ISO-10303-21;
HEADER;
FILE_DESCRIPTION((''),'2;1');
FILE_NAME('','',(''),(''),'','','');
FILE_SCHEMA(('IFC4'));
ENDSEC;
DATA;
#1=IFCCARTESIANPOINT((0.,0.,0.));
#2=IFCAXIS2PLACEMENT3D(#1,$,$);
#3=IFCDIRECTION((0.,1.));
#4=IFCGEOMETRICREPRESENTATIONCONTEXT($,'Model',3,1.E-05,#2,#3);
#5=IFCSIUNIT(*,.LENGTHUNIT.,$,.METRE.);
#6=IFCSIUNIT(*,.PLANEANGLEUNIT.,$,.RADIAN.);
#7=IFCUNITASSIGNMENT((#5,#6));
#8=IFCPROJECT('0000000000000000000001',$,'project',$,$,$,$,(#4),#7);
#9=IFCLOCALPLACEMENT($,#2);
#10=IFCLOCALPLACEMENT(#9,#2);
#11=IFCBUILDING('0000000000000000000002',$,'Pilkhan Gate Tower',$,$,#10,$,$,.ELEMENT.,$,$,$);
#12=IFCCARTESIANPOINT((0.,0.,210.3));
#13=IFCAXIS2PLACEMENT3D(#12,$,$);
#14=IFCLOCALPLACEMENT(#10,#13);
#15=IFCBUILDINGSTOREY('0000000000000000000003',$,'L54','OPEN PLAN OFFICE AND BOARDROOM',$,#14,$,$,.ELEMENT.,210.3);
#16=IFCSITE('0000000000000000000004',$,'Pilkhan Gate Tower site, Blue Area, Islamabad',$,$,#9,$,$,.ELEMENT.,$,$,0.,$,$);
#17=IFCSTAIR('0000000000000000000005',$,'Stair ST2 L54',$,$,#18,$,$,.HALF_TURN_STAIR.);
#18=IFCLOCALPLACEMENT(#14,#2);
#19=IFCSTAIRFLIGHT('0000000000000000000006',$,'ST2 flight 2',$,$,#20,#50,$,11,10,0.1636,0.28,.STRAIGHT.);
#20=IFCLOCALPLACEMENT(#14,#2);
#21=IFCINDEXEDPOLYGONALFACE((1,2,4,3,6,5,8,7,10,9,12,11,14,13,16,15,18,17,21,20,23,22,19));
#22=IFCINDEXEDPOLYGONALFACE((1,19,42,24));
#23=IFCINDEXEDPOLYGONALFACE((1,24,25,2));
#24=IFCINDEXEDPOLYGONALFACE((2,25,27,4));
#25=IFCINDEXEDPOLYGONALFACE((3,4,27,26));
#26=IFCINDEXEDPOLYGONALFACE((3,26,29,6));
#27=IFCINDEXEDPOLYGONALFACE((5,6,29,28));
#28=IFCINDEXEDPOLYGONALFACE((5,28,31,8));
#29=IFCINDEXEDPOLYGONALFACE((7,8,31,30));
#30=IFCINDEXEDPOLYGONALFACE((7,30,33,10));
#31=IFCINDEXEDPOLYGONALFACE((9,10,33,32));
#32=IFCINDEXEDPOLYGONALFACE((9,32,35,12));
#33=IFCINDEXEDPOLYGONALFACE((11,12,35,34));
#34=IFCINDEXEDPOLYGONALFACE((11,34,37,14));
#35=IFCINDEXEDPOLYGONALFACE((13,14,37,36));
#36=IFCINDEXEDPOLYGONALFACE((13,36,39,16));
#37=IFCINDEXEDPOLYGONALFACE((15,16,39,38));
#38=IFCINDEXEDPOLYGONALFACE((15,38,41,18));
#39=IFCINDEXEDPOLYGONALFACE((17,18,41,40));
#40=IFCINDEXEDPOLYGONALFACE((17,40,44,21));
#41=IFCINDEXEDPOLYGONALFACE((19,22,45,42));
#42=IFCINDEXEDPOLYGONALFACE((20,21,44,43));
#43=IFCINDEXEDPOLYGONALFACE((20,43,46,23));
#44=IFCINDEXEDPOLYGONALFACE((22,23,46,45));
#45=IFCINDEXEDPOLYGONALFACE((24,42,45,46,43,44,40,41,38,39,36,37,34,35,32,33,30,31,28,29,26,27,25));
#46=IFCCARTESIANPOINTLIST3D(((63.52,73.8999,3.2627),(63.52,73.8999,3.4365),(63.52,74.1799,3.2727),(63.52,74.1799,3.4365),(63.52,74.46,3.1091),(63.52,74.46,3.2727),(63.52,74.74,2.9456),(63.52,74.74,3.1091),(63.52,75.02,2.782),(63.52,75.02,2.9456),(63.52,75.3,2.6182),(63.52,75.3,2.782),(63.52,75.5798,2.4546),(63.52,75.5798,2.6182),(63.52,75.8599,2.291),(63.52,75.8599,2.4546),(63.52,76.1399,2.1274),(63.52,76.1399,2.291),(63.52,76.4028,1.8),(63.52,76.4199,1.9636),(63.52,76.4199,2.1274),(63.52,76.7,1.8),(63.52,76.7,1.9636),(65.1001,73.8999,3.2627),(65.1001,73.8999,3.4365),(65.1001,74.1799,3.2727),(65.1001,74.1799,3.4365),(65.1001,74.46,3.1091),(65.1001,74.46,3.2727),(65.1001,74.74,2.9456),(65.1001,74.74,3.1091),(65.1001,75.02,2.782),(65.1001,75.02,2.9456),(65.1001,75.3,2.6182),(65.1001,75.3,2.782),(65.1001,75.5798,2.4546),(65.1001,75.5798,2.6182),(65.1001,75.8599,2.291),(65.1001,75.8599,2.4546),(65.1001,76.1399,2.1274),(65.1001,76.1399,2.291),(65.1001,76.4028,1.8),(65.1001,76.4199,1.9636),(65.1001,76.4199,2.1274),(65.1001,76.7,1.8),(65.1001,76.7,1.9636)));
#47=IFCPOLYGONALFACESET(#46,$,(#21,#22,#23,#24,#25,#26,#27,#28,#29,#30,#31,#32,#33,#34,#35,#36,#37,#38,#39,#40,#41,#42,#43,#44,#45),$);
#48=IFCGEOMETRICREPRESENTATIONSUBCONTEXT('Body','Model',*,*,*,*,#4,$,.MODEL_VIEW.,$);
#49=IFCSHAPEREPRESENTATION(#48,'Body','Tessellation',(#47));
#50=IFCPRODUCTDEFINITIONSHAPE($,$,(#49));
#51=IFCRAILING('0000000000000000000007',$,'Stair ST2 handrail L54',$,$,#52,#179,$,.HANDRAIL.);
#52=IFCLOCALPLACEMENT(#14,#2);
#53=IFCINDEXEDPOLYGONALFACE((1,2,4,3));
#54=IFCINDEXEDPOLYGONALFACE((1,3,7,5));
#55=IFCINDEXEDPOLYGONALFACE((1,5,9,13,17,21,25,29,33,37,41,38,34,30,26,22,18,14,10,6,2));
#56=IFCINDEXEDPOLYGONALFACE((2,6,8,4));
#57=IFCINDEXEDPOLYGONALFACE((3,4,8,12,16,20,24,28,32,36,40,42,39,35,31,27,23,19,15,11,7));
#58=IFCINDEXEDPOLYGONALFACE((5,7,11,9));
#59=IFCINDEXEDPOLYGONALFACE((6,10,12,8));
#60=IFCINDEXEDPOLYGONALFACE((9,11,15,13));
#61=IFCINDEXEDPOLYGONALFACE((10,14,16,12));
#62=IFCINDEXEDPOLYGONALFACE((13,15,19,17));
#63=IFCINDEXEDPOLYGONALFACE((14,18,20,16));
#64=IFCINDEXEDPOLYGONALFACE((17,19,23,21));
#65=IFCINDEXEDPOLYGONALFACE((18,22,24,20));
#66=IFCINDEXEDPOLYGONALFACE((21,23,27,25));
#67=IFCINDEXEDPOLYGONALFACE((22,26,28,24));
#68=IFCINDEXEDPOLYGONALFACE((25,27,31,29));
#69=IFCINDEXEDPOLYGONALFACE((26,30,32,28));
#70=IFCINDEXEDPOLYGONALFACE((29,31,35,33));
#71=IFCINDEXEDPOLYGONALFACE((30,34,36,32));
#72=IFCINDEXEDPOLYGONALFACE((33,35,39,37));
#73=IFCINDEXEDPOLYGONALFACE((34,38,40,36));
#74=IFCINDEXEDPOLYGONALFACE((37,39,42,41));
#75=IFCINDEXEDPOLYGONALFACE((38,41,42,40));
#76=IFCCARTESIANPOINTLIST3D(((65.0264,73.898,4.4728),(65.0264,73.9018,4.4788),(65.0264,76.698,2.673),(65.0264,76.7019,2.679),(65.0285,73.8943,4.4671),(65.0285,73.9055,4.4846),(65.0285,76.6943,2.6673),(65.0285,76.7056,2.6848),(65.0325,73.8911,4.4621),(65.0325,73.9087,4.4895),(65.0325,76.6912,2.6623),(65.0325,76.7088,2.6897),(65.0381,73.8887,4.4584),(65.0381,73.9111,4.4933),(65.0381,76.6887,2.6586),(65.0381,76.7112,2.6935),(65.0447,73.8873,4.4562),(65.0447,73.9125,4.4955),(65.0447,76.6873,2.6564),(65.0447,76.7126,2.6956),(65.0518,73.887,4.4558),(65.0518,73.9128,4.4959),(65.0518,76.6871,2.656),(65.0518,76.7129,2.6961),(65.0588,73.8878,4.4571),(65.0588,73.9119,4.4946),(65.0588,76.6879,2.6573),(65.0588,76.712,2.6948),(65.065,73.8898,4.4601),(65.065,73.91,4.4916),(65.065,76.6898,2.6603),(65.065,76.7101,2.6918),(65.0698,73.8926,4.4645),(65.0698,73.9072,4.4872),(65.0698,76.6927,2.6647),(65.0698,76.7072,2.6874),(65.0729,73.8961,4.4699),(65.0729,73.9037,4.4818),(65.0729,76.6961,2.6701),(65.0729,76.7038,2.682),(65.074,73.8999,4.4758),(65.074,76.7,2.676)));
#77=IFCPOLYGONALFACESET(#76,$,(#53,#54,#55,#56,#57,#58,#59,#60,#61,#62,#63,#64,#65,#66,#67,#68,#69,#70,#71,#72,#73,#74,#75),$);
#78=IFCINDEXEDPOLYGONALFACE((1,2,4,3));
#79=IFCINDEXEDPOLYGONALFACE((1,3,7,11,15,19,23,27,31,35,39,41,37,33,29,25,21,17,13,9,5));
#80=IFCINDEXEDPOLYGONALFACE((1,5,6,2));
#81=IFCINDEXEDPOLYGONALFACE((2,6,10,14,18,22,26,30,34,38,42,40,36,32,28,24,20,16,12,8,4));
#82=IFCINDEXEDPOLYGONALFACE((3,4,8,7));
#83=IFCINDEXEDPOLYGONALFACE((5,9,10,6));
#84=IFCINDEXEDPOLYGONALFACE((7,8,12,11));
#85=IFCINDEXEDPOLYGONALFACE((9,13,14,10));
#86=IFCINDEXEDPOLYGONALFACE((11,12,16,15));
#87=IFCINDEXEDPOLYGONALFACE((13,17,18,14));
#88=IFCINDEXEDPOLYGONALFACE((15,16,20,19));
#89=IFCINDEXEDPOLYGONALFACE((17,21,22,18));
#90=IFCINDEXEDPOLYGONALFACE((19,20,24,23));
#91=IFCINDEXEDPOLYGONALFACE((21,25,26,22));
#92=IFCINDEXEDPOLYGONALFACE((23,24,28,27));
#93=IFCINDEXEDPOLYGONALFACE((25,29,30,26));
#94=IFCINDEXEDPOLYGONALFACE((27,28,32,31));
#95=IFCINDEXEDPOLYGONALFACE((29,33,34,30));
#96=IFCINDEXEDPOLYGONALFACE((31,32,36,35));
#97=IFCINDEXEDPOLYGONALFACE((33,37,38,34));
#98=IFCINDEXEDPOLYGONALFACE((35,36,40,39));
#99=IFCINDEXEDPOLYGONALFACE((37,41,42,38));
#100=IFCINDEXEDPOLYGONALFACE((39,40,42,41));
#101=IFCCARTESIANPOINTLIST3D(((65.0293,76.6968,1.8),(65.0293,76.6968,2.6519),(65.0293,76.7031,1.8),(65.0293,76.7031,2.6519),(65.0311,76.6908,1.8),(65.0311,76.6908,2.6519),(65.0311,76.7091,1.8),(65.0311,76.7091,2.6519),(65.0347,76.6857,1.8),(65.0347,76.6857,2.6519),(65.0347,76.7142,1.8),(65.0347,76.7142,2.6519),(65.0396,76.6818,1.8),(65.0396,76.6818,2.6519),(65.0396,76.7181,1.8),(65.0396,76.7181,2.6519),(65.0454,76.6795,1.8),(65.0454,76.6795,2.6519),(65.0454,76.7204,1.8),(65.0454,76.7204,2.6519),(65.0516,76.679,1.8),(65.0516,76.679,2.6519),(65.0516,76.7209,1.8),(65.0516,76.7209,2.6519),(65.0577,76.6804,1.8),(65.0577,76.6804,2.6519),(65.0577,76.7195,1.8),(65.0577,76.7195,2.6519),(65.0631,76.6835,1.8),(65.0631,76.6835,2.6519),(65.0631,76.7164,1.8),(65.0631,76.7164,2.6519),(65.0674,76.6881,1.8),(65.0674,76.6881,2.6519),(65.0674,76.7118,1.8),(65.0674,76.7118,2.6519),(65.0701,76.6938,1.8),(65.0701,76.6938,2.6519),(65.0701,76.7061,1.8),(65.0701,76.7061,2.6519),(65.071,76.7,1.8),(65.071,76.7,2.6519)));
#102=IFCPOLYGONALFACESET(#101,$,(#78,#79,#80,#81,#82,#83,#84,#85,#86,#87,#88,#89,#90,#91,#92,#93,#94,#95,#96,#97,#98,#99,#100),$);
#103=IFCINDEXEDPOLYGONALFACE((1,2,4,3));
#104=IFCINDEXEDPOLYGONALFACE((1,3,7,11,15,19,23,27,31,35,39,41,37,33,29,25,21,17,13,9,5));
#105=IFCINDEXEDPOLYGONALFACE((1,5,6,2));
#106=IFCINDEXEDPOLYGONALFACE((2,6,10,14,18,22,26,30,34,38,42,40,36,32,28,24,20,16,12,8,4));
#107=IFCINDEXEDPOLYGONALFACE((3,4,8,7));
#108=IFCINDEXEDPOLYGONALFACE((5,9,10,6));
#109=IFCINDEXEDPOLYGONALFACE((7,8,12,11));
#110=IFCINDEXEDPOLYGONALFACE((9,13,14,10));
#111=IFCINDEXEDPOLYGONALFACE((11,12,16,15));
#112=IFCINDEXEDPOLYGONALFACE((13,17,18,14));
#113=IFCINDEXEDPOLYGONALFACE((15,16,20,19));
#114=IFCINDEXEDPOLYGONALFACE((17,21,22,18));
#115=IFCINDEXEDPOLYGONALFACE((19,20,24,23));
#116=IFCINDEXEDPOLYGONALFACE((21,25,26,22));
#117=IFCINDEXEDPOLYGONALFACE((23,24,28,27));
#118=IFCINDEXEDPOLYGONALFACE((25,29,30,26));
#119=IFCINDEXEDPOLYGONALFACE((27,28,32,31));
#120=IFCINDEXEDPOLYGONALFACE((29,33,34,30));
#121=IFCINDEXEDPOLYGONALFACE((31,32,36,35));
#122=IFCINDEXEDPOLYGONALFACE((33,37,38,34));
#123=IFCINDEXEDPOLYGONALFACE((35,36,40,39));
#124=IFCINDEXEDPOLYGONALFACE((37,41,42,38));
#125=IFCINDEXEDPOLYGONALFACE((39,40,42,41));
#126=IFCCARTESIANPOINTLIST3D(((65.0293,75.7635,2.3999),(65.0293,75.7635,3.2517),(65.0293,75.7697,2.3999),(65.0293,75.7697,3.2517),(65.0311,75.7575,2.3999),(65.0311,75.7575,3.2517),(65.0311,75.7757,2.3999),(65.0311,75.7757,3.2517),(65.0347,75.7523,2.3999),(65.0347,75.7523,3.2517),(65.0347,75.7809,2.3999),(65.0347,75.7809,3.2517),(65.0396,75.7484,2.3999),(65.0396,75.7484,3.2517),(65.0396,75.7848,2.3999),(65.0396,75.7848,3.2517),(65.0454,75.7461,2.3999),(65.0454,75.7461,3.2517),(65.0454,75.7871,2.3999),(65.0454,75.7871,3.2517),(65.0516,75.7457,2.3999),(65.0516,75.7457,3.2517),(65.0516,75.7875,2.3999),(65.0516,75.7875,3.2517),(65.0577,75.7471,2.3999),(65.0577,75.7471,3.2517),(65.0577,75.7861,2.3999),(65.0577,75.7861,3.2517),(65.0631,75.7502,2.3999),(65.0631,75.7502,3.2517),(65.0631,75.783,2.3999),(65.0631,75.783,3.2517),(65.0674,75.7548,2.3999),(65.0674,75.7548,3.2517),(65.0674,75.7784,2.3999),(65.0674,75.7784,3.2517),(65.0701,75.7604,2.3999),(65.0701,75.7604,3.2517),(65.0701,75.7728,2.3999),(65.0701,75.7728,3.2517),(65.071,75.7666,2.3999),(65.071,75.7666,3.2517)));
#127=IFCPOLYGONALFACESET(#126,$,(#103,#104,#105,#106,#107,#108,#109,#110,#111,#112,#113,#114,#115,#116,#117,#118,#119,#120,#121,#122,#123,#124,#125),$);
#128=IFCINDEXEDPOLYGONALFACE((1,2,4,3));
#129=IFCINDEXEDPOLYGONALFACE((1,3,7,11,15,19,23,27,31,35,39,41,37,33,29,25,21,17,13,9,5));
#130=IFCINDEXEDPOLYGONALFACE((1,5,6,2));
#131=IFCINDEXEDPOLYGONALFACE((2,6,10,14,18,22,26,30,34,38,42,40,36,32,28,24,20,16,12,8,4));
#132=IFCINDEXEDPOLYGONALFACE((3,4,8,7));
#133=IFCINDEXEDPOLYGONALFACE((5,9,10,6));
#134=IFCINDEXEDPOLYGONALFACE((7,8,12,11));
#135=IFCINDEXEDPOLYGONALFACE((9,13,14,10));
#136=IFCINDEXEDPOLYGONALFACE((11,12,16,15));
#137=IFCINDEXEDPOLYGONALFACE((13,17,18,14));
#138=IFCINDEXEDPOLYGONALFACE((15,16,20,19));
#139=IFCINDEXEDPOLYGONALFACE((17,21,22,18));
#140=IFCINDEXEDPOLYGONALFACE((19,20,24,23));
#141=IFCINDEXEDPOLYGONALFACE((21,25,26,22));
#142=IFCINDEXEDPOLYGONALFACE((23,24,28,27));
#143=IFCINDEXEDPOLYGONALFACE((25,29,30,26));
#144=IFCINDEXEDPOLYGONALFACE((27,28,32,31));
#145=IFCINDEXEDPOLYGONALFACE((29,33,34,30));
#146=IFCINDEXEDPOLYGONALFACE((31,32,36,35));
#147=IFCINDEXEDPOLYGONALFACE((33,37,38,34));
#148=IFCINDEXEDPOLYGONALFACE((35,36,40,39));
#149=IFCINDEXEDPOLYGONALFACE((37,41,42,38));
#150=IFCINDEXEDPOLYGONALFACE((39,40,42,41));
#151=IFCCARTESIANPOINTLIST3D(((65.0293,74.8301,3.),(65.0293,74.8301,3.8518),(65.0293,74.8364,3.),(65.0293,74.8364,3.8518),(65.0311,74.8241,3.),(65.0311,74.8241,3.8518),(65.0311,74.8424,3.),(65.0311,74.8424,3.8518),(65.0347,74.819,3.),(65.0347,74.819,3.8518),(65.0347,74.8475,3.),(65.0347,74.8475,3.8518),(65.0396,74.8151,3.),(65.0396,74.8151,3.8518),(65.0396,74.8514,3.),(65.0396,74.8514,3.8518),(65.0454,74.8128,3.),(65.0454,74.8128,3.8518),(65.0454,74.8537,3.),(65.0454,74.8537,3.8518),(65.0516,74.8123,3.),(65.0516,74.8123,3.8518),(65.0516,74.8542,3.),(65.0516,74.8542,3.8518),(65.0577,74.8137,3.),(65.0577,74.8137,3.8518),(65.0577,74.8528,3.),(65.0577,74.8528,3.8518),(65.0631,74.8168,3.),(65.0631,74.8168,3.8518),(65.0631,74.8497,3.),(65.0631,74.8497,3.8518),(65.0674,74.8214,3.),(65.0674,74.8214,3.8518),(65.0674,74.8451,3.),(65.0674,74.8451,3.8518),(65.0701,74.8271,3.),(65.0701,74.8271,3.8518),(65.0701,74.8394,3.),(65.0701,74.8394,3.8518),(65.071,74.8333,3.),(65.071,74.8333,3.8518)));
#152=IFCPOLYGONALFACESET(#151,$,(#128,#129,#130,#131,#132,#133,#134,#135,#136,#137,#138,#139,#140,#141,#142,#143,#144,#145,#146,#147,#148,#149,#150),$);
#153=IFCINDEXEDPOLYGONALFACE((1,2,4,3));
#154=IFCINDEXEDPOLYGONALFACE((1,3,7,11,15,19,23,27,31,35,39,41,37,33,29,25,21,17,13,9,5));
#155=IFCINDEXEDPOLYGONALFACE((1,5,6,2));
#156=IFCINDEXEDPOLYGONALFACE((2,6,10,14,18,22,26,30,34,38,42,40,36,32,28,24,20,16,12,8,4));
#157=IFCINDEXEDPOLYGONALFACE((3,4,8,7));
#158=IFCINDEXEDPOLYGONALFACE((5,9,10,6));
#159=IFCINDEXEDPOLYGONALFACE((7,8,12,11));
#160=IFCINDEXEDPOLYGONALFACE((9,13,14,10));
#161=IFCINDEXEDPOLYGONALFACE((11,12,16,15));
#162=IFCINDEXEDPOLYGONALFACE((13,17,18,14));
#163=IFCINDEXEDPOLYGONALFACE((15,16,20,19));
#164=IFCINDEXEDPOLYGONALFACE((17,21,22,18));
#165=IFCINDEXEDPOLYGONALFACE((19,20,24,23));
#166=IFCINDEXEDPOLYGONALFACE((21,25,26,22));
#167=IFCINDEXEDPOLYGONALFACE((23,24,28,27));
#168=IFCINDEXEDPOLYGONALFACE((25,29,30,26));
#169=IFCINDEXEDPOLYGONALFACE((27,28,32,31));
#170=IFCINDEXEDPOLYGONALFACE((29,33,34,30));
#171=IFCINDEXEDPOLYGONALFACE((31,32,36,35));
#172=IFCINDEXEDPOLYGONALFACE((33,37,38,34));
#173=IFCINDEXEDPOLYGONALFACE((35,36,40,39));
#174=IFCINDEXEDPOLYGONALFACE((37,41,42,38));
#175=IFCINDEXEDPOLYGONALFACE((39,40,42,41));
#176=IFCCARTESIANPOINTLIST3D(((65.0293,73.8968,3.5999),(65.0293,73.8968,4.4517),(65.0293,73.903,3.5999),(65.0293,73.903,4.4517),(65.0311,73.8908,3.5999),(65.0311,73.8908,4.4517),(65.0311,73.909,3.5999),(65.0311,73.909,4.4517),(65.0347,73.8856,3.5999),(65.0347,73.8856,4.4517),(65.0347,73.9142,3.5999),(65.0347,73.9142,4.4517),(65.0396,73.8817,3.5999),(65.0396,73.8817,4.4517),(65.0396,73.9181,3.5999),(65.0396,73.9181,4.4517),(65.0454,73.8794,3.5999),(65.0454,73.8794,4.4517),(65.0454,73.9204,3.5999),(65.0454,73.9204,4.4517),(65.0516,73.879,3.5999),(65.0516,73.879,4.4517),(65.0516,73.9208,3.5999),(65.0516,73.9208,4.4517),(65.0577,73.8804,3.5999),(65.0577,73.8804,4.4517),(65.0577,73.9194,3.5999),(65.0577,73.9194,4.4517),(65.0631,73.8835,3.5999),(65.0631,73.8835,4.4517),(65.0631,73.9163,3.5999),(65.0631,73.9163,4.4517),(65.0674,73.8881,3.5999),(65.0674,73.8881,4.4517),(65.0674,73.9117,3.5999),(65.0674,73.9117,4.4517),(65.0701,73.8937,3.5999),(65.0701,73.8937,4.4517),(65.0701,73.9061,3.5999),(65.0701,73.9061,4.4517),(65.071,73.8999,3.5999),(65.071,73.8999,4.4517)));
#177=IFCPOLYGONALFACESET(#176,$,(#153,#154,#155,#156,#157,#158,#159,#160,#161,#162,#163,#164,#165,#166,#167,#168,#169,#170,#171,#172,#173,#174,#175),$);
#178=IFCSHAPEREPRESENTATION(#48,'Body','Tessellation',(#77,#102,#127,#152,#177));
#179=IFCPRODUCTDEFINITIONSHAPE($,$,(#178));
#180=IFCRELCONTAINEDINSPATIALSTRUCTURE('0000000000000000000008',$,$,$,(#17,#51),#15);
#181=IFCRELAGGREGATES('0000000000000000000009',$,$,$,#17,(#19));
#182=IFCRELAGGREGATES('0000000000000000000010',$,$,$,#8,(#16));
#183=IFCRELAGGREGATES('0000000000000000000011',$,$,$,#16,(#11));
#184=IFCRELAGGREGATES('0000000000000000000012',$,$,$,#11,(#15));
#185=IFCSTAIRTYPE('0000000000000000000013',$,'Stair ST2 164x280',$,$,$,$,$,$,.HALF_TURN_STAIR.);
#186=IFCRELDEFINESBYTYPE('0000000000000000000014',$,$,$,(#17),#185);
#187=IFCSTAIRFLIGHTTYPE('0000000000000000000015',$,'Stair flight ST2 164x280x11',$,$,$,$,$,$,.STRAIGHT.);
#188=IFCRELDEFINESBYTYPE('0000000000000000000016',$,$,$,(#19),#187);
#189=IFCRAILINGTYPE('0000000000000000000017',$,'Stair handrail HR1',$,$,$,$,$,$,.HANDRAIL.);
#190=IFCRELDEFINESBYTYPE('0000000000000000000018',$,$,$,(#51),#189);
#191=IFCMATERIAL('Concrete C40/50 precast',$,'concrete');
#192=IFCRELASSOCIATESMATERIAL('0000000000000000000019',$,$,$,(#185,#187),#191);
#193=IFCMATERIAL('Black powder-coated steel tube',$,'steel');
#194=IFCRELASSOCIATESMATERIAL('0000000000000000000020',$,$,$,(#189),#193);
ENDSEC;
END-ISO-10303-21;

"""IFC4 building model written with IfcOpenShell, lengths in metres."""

from ifc_helpers import new_model, si_unit, direction, frame, origin, origin_2d, place, context, subcontext, project, spatial, polyline, circle, outline, extrude, material, type_object, element, aggregate, save


model = new_model("IFC4")

# Units and contexts
model_context = context("Model", 3, precision=1e-05, world=origin(), true_north=direction((0.0, 1.0)))
body_context = subcontext(model_context, "Body", "Model", "MODEL_VIEW")
ifc_project = project(units=[si_unit("LENGTHUNIT", "METRE"), si_unit("PLANEANGLEUNIT", "RADIAN")], contexts=[model_context])

# Site, building, storey
site_placement = place(None, origin())
site = spatial("IfcSite", under=ifc_project, at=site_placement, Name="Pilkhan Gate Tower site, Blue Area, Islamabad", CompositionType="ELEMENT", RefElevation=0.0)
building_placement = place(site_placement, origin())
building = spatial("IfcBuilding", under=site, at=building_placement, Name="Pilkhan Gate Tower", CompositionType="ELEMENT")
storey_placement = place(building_placement, frame((0.0, 0.0, 210.3)))
storey = spatial("IfcBuildingStorey", under=building, at=storey_placement, Name="L54", Description="OPEN PLAN OFFICE AND BOARDROOM", CompositionType="ELEMENT", Elevation=210.3)

# Stair, stair flight
ifc_material_1 = material(Name="Concrete C40/50 precast", Category="concrete")
stair_type = type_object("IfcStairType", Name="Stair ST2 164x280", PredefinedType="HALF_TURN_STAIR", material=ifc_material_1)
stair_placement = place(storey_placement, origin())
stair = element("IfcStair", 1, at=stair_placement, inside=storey, type_object=stair_type, Name="Stair ST2 L54", PredefinedType="HALF_TURN_STAIR")
stair_flight_type = type_object("IfcStairFlightType", Name="Stair flight ST2 164x280x11", PredefinedType="STRAIGHT", material=ifc_material_1)
stair_flight_placement = place(storey_placement, frame((64.3101, 76.7, 1.8), z_axis=(0.0, 0.0, 1.0), x_axis=(0.0, -1.0, 0.0)))
stair_flight = element("IfcStairFlight", 2, at=stair_flight_placement, type_object=stair_flight_type, Name="ST2 flight 2", NumberOfRisers=11, NumberOfTreads=10, PredefinedType="STRAIGHT", RiserHeight=0.1636, TreadLength=0.28, context=body_context, shape_type="SweptSolid", body=[
    extrude(outline(polyline([(0.0, 0.0), (0.0, 0.1636), (0.28, 0.1636), (0.28, 0.3274), (0.5601, 0.3274), (0.5601, 0.491), (0.8401, 0.491), (0.8401, 0.6545), (1.1201, 0.6545), (1.1201, 0.8181), (1.3999, 0.8181), (1.3999, 0.9819), (1.6799, 0.9819), (1.6799, 1.1455), (1.96, 1.1455), (1.96, 1.3091), (2.24, 1.3091), (2.24, 1.4727), (2.52, 1.4727), (2.52, 1.6365), (2.8, 1.6365), (2.8, 1.8), (2.8, 1.4626), (0.2971, 0.0), (0.0, 0.0)])), frame((0.0, 0.79, 0.0), z_axis=(0.0, -1.0, 0.0), x_axis=(1.0, 0.0, 0.0)), (0.0, 0.0, 1.0), 1.5801),
])
aggregate(stair, [stair_flight])

# Railing
ifc_material_2 = material(Name="Black powder-coated steel tube", Category="steel")
railing_type = type_object("IfcRailingType", Name="Stair handrail HR1", PredefinedType="HANDRAIL", material=ifc_material_2)
railing_placement = place(storey_placement, frame((65.05, 76.7, 1.8)))
element("IfcRailing", 3, at=railing_placement, inside=storey, type_object=railing_type, Name="Stair ST2 handrail L54", PredefinedType="HANDRAIL", context=body_context, shape_type="SweptSolid", body=[
    extrude(circle(Radius=0.0239, at=origin_2d()), frame((0.0, 0.0, 0.876), z_axis=(0.0, -0.841209, 0.540709), x_axis=(1.0, 0.0, 0.0)), (0.0, 0.0, 1.0), 3.3286),
    extrude(circle(Radius=0.021, at=origin_2d()), origin(), (0.0, 0.0, 1.0), 0.8518),
    extrude(circle(Radius=0.021, at=origin_2d()), frame((0.0, -0.9333, 0.5999)), (0.0, 0.0, 1.0), 0.8518),
    extrude(circle(Radius=0.021, at=origin_2d()), frame((0.0, -1.8667, 1.2)), (0.0, 0.0, 1.0), 0.8518),
    extrude(circle(Radius=0.021, at=origin_2d()), frame((0.0, -2.8, 1.7998)), (0.0, 0.0, 1.0), 0.8518),
])

save(model, "model.ifc")
